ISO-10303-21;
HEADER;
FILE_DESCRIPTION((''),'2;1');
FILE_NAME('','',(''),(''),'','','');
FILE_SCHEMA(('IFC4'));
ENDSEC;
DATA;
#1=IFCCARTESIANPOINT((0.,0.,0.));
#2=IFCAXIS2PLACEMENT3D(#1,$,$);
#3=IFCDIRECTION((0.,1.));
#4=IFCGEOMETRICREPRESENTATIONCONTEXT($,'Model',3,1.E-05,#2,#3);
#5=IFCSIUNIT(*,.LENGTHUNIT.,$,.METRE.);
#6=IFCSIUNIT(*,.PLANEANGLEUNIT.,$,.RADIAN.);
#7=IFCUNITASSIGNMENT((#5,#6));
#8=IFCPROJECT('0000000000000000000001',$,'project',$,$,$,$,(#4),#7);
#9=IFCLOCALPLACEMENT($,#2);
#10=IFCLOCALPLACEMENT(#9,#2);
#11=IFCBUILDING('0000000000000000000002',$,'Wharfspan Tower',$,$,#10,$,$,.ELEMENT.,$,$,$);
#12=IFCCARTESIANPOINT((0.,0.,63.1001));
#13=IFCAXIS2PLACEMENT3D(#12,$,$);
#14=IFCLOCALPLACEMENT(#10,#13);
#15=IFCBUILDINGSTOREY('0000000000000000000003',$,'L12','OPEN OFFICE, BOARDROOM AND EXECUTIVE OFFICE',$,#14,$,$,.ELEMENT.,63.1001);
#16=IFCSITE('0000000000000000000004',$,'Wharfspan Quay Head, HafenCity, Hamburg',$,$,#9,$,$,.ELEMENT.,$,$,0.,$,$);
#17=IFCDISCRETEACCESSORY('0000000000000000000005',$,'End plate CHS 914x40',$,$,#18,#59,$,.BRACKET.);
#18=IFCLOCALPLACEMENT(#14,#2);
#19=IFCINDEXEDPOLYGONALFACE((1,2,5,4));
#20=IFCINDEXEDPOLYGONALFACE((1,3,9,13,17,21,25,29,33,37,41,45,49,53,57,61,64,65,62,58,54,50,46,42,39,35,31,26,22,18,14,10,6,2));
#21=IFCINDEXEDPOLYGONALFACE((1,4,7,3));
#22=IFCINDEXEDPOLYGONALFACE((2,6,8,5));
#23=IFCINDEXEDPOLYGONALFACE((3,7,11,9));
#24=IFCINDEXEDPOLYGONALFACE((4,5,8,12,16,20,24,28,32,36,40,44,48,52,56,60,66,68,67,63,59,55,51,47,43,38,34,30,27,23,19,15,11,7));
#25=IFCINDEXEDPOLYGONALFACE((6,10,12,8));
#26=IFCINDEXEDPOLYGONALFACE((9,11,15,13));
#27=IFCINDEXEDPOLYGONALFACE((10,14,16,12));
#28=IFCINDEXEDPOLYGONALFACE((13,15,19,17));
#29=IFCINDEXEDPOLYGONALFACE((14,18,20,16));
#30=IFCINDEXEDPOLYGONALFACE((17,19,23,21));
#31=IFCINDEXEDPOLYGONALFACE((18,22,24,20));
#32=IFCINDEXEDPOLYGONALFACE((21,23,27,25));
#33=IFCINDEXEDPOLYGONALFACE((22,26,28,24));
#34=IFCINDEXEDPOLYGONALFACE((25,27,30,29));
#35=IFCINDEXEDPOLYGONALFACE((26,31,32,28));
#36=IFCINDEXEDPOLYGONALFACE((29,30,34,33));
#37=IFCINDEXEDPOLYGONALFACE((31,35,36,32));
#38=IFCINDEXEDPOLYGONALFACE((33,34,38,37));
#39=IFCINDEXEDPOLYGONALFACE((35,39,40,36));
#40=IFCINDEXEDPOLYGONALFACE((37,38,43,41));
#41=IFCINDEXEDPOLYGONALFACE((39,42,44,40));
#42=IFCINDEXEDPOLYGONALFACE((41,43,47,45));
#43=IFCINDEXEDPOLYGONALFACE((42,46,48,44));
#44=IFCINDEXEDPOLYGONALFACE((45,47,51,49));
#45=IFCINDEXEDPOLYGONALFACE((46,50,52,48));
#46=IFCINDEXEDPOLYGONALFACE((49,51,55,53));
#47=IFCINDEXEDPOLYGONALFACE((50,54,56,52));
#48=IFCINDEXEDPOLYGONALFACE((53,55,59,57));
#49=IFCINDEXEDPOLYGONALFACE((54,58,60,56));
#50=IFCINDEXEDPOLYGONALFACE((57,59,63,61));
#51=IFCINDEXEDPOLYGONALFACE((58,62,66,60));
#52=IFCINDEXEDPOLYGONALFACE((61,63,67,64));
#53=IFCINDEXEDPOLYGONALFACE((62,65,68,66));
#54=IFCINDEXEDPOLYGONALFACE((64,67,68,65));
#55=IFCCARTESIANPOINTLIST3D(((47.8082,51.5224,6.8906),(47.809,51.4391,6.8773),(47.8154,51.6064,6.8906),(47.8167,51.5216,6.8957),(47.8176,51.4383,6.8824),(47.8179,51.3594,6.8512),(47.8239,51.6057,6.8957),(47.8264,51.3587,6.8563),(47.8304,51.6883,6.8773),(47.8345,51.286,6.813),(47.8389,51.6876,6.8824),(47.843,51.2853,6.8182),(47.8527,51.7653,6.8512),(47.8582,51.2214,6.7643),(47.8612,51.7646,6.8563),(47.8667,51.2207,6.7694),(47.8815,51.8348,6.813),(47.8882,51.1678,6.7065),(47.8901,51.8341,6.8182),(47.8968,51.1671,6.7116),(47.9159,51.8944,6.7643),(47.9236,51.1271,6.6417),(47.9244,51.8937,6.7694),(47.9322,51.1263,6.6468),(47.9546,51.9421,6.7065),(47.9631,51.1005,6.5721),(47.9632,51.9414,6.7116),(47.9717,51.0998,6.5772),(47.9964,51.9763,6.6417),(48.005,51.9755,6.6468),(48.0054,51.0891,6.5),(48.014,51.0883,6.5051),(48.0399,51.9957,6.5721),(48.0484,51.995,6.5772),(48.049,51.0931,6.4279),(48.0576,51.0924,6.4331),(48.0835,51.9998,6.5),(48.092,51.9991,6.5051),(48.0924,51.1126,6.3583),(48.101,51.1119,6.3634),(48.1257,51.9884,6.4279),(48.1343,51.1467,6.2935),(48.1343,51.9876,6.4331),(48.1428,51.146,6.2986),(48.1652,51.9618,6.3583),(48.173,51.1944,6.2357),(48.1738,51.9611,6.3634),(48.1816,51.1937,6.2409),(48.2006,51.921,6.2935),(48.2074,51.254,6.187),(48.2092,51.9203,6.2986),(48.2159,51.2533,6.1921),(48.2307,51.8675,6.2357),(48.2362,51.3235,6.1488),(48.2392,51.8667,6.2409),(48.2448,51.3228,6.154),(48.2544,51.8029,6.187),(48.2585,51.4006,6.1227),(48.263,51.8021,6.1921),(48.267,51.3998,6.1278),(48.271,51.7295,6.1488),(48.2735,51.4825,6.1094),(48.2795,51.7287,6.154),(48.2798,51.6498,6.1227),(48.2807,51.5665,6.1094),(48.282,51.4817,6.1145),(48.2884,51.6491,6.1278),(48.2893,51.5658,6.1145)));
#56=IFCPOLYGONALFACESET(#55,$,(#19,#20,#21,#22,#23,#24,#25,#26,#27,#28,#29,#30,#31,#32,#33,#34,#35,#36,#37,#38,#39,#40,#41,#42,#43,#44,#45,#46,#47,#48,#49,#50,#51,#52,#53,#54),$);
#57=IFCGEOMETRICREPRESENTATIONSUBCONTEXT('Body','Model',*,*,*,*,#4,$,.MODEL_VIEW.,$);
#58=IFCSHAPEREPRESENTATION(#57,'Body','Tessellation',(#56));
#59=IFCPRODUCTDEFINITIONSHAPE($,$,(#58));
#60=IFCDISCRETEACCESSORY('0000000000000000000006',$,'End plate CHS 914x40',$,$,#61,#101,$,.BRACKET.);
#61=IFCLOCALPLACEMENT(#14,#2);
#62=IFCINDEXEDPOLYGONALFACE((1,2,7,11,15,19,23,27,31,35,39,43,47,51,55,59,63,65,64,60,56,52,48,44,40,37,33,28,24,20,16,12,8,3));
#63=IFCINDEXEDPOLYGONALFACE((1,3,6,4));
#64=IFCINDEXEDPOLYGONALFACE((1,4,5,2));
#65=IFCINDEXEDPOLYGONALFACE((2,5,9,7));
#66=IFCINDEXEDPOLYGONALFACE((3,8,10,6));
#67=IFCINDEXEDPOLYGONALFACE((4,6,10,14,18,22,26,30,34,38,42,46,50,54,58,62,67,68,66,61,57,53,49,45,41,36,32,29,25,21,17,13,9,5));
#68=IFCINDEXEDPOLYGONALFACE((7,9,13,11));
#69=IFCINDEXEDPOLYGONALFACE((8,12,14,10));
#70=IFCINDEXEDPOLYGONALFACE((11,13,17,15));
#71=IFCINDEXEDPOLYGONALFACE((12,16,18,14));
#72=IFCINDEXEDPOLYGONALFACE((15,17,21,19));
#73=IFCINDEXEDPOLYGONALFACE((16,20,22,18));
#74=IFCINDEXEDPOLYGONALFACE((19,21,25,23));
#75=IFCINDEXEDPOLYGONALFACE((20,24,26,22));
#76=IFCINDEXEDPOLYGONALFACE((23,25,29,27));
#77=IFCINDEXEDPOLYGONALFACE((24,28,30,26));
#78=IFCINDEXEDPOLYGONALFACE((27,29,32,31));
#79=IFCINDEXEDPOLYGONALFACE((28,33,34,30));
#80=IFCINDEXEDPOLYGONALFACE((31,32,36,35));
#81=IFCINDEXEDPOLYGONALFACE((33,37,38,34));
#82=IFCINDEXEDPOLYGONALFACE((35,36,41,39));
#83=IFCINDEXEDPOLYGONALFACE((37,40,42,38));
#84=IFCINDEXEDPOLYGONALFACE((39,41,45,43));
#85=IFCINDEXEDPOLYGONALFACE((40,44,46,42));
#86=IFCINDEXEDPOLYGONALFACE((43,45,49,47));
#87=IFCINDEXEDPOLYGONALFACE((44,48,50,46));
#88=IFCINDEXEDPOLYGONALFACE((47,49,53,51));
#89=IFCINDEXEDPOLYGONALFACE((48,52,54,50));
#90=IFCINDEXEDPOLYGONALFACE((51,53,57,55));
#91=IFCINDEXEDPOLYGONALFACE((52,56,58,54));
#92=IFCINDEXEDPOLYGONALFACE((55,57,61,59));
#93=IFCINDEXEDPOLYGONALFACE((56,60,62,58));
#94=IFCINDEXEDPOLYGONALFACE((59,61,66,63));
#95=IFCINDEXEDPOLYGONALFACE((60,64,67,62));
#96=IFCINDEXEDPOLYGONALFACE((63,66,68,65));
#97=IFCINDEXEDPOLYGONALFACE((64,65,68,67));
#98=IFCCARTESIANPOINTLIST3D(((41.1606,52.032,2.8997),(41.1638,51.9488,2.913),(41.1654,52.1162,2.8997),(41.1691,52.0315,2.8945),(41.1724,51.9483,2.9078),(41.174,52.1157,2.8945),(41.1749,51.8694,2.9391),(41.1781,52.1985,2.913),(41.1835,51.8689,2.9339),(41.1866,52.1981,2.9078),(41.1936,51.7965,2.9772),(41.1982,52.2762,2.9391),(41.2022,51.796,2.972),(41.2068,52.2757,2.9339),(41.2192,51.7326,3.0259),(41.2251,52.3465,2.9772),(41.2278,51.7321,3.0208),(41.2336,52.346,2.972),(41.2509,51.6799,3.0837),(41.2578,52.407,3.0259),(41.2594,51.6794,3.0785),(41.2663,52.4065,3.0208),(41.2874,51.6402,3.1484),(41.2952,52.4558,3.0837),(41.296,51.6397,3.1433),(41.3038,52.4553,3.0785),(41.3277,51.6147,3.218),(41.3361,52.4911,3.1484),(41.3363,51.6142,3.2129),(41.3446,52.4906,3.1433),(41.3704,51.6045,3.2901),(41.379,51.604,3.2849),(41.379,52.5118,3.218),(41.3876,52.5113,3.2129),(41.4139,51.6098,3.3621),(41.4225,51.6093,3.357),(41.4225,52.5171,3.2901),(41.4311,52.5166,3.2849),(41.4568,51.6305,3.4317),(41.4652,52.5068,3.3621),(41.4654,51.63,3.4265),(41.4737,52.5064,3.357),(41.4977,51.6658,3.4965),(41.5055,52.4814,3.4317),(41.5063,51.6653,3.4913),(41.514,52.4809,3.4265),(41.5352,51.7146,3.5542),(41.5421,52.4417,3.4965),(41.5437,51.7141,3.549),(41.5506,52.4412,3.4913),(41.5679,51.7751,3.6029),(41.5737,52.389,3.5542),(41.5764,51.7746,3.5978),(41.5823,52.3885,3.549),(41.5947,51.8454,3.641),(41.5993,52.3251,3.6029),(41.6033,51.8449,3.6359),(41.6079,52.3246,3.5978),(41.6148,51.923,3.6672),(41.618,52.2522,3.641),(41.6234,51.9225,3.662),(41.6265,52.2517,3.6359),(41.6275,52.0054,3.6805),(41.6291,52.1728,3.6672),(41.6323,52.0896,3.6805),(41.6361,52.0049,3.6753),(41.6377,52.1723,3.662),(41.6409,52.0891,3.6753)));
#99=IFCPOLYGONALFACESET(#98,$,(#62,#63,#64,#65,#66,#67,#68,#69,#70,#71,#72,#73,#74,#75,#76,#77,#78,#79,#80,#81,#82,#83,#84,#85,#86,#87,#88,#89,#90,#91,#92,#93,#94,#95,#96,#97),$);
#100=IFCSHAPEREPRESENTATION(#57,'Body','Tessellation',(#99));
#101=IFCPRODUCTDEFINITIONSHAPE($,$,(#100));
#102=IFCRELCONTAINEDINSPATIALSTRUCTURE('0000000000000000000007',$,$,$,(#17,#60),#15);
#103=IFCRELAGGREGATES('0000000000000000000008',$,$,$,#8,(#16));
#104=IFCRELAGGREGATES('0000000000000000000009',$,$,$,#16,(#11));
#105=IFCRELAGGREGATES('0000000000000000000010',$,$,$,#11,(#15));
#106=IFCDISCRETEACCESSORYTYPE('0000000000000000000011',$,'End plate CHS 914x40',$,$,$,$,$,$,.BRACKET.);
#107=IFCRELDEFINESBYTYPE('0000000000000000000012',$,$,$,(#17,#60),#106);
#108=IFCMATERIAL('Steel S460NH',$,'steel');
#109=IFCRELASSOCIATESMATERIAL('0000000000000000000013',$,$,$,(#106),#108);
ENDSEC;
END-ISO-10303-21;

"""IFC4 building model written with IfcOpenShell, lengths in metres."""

from ifc_helpers import new_model, si_unit, direction, frame, origin, origin_2d, place, context, subcontext, project, spatial, circle, extrude, material, material_profile, profile_set, type_object, element, save


model = new_model("IFC4")

# Units and contexts
model_context = context("Model", 3, precision=1e-05, world=origin(), true_north=direction((0.0, 1.0)))
body_context = subcontext(model_context, "Body", "Model", "MODEL_VIEW")
ifc_project = project(units=[si_unit("LENGTHUNIT", "METRE"), si_unit("PLANEANGLEUNIT", "RADIAN")], contexts=[model_context])

# Site, building, storey
site_placement = place(None, origin())
site = spatial("IfcSite", under=ifc_project, at=site_placement, Name="Wharfspan Quay Head, HafenCity, Hamburg", CompositionType="ELEMENT", RefElevation=0.0)
building_placement = place(site_placement, origin())
building = spatial("IfcBuilding", under=site, at=building_placement, Name="Wharfspan Tower", CompositionType="ELEMENT")
storey_placement = place(building_placement, frame((0.0, 0.0, 63.1001)))
storey = spatial("IfcBuildingStorey", under=building, at=storey_placement, Name="L12", Description="OPEN OFFICE, BOARDROOM AND EXECUTIVE OFFICE", CompositionType="ELEMENT", Elevation=63.1001)

# Shared definitions
ifc_material_1 = material(Name="Steel S460NH", Category="steel")

# Discrete accessories
ifc_material_profile_1 = material_profile(ifc_material_1, circle(Radius=0.457, at=origin_2d()))
ifc_profile_set_1 = profile_set([ifc_material_profile_1], Name="Steel S460NH")
discrete_accessory_type = type_object("IfcDiscreteAccessoryType", Name="End plate CHS 914x40", PredefinedType="BRACKET", material=ifc_profile_set_1)
for number, where, z_axis, x_axis, name in (
    (1, (48.0444, 51.5444, 6.5), (0.855186, -0.073302, 0.513112), (0.085402, 0.996345, -0.000001), "End plate CHS 914x40"),
    (2, (41.405, 52.0603, 3.2849), (-0.856465, 0.048941, 0.513879), (-0.05705, -0.998372, 0.0), "End plate CHS 914x40"),
):
    element("IfcDiscreteAccessory", number, at=place(storey_placement, frame(where, z_axis=z_axis, x_axis=x_axis)), inside=storey, type_object=discrete_accessory_type, Name=name, PredefinedType="BRACKET", context=body_context, shape_type="SweptSolid", body=[
        extrude(circle(Radius=0.457, at=origin_2d()), origin(), (0.0, 0.0, 1.0), 0.01),
    ])

save(model, "model.ifc")
